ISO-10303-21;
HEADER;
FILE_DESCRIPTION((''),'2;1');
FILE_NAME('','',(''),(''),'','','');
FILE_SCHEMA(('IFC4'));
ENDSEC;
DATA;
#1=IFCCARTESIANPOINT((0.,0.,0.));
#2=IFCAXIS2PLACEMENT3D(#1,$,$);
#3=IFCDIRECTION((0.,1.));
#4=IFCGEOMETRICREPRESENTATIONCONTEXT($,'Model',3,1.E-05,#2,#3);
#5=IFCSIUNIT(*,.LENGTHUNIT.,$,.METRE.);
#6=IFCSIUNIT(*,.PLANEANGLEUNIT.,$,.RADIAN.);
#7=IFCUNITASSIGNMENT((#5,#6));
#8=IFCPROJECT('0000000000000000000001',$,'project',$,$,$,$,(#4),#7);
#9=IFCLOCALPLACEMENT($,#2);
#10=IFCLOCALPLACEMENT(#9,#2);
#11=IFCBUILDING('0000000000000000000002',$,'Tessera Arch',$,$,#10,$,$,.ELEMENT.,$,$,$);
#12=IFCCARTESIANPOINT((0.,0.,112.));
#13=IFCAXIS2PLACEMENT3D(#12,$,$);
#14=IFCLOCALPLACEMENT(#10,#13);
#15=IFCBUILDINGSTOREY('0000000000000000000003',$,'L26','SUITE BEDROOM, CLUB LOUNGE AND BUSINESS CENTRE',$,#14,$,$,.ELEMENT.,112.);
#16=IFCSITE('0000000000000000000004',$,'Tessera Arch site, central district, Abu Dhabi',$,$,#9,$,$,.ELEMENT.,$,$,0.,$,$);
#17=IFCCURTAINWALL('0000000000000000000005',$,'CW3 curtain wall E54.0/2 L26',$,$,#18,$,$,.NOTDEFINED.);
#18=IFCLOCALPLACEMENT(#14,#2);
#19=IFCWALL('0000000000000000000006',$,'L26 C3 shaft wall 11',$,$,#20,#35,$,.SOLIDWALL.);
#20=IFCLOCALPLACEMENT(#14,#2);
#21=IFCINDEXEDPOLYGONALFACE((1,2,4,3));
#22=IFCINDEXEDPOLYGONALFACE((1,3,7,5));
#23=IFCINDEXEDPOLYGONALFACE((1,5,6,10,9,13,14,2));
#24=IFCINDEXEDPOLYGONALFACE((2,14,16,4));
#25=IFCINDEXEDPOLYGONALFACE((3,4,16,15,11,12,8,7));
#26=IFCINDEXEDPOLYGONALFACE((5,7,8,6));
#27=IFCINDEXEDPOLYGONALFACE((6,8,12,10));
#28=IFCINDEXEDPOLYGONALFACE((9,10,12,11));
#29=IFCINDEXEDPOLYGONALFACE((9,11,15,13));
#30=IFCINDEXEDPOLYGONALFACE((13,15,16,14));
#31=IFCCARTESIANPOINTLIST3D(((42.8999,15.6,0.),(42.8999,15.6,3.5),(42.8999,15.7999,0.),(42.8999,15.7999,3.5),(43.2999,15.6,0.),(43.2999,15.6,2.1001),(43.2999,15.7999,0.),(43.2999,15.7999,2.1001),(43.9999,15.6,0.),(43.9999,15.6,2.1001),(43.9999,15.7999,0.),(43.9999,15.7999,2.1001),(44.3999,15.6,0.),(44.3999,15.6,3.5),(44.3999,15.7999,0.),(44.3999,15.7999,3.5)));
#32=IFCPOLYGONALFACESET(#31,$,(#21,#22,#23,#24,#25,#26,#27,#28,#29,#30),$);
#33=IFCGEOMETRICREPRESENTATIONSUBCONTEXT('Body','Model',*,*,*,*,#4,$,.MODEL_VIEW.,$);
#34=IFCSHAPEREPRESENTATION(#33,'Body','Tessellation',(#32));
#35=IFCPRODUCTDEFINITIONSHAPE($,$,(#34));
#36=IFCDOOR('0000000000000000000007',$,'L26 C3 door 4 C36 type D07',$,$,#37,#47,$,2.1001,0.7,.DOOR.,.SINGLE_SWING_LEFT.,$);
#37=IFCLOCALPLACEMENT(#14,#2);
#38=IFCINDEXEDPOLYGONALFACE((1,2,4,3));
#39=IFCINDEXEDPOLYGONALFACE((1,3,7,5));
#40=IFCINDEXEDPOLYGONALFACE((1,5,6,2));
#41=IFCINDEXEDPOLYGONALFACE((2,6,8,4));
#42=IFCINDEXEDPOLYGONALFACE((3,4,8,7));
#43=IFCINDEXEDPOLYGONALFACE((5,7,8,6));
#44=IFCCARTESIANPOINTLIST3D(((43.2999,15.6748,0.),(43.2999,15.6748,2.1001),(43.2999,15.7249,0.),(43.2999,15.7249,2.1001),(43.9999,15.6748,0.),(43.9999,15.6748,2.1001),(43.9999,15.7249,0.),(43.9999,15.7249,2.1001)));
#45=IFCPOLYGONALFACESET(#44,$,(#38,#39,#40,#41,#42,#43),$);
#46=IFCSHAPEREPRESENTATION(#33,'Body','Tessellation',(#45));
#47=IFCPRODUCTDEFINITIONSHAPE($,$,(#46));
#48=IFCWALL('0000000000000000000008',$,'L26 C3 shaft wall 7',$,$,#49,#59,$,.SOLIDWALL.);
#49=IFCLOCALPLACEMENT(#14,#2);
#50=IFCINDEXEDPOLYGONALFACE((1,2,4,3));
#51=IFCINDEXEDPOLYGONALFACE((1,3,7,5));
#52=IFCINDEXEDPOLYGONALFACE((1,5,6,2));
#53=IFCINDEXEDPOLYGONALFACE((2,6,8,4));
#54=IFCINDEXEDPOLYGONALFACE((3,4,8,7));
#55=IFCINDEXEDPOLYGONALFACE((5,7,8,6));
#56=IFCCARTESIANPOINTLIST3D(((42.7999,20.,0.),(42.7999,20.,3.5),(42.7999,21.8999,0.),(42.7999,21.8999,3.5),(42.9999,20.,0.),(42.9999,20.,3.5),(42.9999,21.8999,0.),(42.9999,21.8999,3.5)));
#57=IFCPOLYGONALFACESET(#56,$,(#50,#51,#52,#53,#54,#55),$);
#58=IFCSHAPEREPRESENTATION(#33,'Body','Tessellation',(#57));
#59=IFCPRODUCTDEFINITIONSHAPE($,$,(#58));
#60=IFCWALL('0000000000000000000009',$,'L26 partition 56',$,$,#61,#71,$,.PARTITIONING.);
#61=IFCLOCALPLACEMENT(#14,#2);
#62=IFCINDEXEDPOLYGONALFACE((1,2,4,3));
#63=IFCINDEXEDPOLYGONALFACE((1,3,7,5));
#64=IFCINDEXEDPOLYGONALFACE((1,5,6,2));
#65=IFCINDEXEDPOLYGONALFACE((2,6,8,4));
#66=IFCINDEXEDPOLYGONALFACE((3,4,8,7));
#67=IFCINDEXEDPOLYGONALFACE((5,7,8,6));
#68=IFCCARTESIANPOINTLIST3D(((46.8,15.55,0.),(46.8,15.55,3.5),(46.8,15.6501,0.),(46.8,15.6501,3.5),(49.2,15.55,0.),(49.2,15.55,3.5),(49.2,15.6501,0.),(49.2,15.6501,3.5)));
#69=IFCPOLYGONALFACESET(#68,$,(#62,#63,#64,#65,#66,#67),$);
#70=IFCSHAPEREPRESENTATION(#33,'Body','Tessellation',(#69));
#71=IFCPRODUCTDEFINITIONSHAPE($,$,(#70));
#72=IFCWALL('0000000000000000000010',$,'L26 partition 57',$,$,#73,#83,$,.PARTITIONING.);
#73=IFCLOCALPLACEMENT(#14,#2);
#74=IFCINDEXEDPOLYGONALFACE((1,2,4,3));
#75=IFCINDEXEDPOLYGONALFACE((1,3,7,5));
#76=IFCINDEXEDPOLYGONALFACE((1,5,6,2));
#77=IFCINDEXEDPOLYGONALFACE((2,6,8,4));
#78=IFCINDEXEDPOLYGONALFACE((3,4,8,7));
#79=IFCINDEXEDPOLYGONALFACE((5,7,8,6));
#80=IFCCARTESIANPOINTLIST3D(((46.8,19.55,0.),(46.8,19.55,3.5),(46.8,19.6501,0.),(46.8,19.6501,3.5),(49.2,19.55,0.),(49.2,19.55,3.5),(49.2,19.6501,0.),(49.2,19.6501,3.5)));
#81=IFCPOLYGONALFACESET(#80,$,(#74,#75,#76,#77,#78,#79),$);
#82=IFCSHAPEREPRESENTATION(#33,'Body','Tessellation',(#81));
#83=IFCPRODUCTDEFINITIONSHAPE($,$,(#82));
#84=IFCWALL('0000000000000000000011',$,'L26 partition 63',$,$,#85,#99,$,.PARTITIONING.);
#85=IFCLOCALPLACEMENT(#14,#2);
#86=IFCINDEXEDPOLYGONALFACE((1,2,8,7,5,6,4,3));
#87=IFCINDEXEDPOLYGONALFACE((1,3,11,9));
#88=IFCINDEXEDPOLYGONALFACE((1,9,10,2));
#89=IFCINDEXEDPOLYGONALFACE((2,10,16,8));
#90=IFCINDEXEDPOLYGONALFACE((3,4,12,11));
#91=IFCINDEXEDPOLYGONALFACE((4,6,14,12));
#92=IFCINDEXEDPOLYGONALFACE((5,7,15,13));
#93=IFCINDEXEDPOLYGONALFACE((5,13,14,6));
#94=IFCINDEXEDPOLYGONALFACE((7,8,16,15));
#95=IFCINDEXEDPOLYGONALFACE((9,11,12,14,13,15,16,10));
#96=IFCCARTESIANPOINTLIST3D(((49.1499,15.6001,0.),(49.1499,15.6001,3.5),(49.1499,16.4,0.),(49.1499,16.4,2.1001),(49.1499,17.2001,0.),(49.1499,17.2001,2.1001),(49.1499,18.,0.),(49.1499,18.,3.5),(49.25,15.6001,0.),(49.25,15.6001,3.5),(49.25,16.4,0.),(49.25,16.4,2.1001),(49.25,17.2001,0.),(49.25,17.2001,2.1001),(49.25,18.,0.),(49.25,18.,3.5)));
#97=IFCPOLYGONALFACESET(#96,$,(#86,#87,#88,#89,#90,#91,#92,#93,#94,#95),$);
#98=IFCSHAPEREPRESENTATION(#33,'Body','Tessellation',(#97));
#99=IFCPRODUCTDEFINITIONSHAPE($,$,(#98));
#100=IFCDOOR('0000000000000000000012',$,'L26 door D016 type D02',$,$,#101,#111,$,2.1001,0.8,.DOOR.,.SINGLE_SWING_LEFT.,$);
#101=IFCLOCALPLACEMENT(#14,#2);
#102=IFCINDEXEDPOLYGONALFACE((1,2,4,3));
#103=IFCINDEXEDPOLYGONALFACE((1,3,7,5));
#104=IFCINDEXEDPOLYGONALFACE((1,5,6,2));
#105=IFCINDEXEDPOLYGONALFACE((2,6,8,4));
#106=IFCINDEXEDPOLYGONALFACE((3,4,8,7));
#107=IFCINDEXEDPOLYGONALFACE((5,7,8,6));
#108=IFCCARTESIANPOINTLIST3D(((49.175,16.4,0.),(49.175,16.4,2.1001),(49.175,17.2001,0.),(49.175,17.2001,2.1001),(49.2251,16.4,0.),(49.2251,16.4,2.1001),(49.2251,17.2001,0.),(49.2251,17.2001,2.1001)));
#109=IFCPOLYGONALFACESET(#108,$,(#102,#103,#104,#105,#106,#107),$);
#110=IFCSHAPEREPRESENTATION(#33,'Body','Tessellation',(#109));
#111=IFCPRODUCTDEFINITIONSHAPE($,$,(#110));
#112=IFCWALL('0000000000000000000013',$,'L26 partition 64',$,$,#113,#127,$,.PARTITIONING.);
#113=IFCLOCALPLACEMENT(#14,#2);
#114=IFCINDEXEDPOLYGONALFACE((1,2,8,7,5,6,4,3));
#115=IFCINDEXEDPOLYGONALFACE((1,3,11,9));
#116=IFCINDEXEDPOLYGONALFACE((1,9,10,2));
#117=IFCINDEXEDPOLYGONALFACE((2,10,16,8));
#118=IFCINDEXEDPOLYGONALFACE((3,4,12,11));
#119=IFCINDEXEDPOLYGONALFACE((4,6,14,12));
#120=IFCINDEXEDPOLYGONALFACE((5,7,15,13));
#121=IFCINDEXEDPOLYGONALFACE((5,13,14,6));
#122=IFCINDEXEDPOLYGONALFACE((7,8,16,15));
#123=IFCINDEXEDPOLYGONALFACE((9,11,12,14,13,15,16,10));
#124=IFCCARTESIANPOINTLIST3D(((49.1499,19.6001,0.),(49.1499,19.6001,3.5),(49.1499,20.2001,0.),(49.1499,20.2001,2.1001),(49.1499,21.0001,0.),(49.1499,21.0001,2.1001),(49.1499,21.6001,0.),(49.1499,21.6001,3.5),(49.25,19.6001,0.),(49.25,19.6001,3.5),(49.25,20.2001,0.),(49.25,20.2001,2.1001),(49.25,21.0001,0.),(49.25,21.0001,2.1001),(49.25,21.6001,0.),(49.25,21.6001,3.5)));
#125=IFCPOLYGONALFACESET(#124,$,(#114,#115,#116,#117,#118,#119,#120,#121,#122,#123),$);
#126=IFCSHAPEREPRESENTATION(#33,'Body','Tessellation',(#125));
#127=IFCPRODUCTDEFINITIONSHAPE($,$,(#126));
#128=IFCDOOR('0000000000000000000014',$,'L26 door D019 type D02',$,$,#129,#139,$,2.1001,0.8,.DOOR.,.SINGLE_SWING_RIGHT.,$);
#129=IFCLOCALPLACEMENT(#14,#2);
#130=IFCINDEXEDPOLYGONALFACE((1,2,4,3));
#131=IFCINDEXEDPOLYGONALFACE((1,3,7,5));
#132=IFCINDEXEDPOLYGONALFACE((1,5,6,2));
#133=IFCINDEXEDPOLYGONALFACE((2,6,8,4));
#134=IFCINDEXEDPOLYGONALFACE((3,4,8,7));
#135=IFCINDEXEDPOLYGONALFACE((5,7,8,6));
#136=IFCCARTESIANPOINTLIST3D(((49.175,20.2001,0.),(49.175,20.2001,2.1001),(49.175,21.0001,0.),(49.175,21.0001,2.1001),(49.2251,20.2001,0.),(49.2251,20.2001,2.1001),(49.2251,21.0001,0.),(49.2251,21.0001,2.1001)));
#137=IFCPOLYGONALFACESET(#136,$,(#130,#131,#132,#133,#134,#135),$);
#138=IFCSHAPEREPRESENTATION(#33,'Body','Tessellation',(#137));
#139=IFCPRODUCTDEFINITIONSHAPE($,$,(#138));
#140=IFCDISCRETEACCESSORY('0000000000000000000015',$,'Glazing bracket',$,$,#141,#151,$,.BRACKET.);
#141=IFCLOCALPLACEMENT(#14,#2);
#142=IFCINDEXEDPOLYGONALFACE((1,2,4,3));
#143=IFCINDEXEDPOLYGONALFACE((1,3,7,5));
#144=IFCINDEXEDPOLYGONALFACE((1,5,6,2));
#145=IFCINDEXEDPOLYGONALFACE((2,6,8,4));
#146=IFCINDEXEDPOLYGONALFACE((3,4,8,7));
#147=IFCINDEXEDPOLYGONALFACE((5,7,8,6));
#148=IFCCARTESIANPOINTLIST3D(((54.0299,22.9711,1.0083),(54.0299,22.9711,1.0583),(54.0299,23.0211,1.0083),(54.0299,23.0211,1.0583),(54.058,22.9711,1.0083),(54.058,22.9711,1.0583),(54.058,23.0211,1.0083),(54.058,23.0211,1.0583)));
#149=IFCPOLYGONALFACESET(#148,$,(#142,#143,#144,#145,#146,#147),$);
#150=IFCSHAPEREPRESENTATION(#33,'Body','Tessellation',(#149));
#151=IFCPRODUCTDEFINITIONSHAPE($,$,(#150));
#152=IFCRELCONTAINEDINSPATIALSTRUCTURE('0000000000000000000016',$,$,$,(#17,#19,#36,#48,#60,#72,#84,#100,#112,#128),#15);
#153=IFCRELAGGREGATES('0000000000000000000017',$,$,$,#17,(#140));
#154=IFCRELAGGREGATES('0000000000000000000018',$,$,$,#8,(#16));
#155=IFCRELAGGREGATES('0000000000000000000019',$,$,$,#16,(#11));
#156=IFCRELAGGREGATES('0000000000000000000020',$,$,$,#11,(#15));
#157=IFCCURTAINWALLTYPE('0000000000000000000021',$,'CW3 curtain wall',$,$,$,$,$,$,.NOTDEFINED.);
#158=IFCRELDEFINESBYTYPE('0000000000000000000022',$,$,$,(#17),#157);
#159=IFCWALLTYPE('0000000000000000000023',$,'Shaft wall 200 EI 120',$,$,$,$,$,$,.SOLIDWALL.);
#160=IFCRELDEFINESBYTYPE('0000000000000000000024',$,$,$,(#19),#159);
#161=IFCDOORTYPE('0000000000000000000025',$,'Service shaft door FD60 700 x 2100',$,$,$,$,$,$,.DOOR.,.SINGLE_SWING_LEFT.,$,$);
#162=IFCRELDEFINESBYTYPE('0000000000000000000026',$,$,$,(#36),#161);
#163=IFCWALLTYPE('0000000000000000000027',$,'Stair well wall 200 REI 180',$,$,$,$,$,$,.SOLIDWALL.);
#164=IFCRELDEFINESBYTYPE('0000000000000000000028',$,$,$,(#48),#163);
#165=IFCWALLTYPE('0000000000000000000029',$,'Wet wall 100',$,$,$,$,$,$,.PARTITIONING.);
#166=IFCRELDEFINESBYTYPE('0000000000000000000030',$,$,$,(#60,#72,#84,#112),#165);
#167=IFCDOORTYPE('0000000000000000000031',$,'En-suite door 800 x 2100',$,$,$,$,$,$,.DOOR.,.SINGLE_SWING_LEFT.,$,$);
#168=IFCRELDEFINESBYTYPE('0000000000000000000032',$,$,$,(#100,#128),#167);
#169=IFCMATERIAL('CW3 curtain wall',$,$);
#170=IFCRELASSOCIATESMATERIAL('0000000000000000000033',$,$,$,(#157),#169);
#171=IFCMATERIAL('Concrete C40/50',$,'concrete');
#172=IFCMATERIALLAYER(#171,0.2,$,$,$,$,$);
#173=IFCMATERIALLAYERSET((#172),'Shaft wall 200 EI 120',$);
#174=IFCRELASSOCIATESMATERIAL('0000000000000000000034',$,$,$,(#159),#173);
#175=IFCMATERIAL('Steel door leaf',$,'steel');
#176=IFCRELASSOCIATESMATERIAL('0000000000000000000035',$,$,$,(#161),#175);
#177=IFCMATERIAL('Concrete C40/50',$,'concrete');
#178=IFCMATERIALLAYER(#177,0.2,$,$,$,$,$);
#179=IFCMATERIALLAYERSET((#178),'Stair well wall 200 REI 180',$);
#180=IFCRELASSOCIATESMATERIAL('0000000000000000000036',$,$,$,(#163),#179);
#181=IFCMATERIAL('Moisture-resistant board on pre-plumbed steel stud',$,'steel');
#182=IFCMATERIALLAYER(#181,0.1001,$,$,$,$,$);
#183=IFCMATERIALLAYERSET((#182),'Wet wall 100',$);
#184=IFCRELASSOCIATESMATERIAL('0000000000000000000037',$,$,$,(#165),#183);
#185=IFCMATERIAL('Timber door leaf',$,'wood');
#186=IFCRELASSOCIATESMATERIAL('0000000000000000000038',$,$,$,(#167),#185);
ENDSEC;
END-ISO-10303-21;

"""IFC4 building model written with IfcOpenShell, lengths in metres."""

from ifc_helpers import new_model, si_unit, direction, frame, frame_2d, origin, origin_2d, place, context, subcontext, project, spatial, rectangle, extrude, material, layer, layer_set, type_object, element, fill, aggregate, save


model = new_model("IFC4")

# Units and contexts
model_context = context("Model", 3, precision=1e-05, world=origin(), true_north=direction((0.0, 1.0)))
body_context = subcontext(model_context, "Body", "Model", "MODEL_VIEW")
ifc_project = project(units=[si_unit("LENGTHUNIT", "METRE"), si_unit("PLANEANGLEUNIT", "RADIAN")], contexts=[model_context])

# Site, building, storey
site_placement = place(None, origin())
site = spatial("IfcSite", under=ifc_project, at=site_placement, Name="Tessera Arch site, central district, Abu Dhabi", CompositionType="ELEMENT", RefElevation=0.0)
building_placement = place(site_placement, origin())
building = spatial("IfcBuilding", under=site, at=building_placement, Name="Tessera Arch", CompositionType="ELEMENT")
storey_placement = place(building_placement, frame((0.0, 0.0, 112.0)))
storey = spatial("IfcBuildingStorey", under=building, at=storey_placement, Name="L26", Description="SUITE BEDROOM, CLUB LOUNGE AND BUSINESS CENTRE", CompositionType="ELEMENT", Elevation=112.0)

# Curtain wall
ifc_material_1 = material(Name="CW3 curtain wall")
curtain_wall_type_1 = type_object("IfcCurtainWallType", Name="CW3 curtain wall", PredefinedType="NOTDEFINED", material=ifc_material_1)
curtain_wall_1_placement = place(storey_placement, origin())
curtain_wall_1 = element("IfcCurtainWall", 1, at=curtain_wall_1_placement, inside=storey, type_object=curtain_wall_type_1, Name="CW3 curtain wall E54.0/2 L26", PredefinedType="NOTDEFINED")

# Wall, opening, door
ifc_material_2 = material(Name="Concrete C40/50", Category="concrete")
ifc_layer_1 = layer(ifc_material_2, 0.2)
ifc_layer_set_1 = layer_set([ifc_layer_1], Name="Shaft wall 200 EI 120")
wall_type_1 = type_object("IfcWallType", Name="Shaft wall 200 EI 120", PredefinedType="SOLIDWALL", material=ifc_layer_set_1)
wall_1_placement = place(storey_placement, frame((42.8999, 15.7, 0.0), z_axis=(0.0, 0.0, 1.0), x_axis=(1.0, 0.0, 0.0)))
wall_1 = element("IfcWall", 2, at=wall_1_placement, inside=storey, type_object=wall_type_1, Name="L26 C3 shaft wall 11", PredefinedType="SOLIDWALL", context=body_context, shape_type="SweptSolid", body=[
    extrude(rectangle(XDim=1.5, YDim=0.2, at=frame_2d((0.75, 0.0))), origin(), (0.0, 0.0, 1.0), 3.5),
])
opening_1_placement = place(wall_1_placement, frame((0.3999, 0.0, 0.0)))
opening_1 = element("IfcOpeningElement", 3, at=opening_1_placement, cuts=wall_1, PredefinedType="OPENING", context=body_context, shape_type="SweptSolid", body=[
    extrude(rectangle(XDim=0.7, YDim=2.1001, at=frame_2d((0.3501, 1.05))), frame((0.0, 0.1099, 0.0), z_axis=(0.0, -1.0, 0.0), x_axis=(1.0, 0.0, 0.0)), (0.0, 0.0, 1.0), 0.22),
])
ifc_material_3 = material(Name="Steel door leaf", Category="steel")
door_type_1 = type_object("IfcDoorType", Name="Service shaft door FD60 700 x 2100", OperationType="SINGLE_SWING_LEFT", PredefinedType="DOOR", material=ifc_material_3)
door_1_placement = place(opening_1_placement, origin())
door_1 = element("IfcDoor", 4, at=door_1_placement, inside=storey, type_object=door_type_1, Name="L26 C3 door 4 C36 type D07", OperationType="SINGLE_SWING_LEFT", OverallHeight=2.1001, OverallWidth=0.7, PredefinedType="DOOR", context=body_context, shape_type="SweptSolid", body=[
    extrude(rectangle(XDim=0.7, YDim=2.1001, at=frame_2d((0.3501, 1.05))), frame((0.0, 0.0249, 0.0), z_axis=(0.0, -1.0, 0.0), x_axis=(1.0, 0.0, 0.0)), (0.0, 0.0, 1.0), 0.05),
])
fill(opening_1, door_1)

# Walls
ifc_material_4 = material(Name="Concrete C40/50", Category="concrete")
ifc_layer_2 = layer(ifc_material_4, 0.2)
ifc_layer_set_2 = layer_set([ifc_layer_2], Name="Stair well wall 200 REI 180")
wall_type_2 = type_object("IfcWallType", Name="Stair well wall 200 REI 180", PredefinedType="SOLIDWALL", material=ifc_layer_set_2)
wall_2_placement = place(storey_placement, frame((42.8999, 20.0, 0.0), z_axis=(0.0, 0.0, 1.0), x_axis=(0.0, 1.0, 0.0)))
element("IfcWall", 5, at=wall_2_placement, inside=storey, type_object=wall_type_2, Name="L26 C3 shaft wall 7", PredefinedType="SOLIDWALL", context=body_context, shape_type="SweptSolid", body=[
    extrude(rectangle(XDim=1.8999, YDim=0.2, at=frame_2d((0.95, 0.0))), origin(), (0.0, 0.0, 1.0), 3.5),
])
ifc_material_5 = material(Name="Moisture-resistant board on pre-plumbed steel stud", Category="steel")
ifc_layer_3 = layer(ifc_material_5, 0.1001)
ifc_layer_set_3 = layer_set([ifc_layer_3], Name="Wet wall 100")
wall_type_3 = type_object("IfcWallType", Name="Wet wall 100", PredefinedType="PARTITIONING", material=ifc_layer_set_3)
for number, where, z_axis, x_axis, name in (
    (6, (46.8, 15.6001, 0.0), (0.0, 0.0, 1.0), (1.0, 0.0, 0.0), "L26 partition 56"),
    (7, (46.8, 19.6001, 0.0), (0.0, 0.0, 1.0), (1.0, 0.0, 0.0), "L26 partition 57"),
):
    element("IfcWall", number, at=place(storey_placement, frame(where, z_axis=z_axis, x_axis=x_axis)), inside=storey, type_object=wall_type_3, Name=name, PredefinedType="PARTITIONING", context=body_context, shape_type="SweptSolid", body=[
        extrude(rectangle(XDim=2.3999, YDim=0.1001, at=frame_2d((1.2, 0.0))), origin(), (0.0, 0.0, 1.0), 3.5),
    ])

# Walls, openings, doors
wall_3_placement = place(storey_placement, frame((49.2, 15.6001, 0.0), z_axis=(0.0, 0.0, 1.0), x_axis=(0.0, 1.0, 0.0)))
wall_3 = element("IfcWall", 8, at=wall_3_placement, inside=storey, type_object=wall_type_3, Name="L26 partition 63", PredefinedType="PARTITIONING", context=body_context, shape_type="SweptSolid", body=[
    extrude(rectangle(XDim=2.3999, YDim=0.1001, at=frame_2d((1.2, 0.0))), origin(), (0.0, 0.0, 1.0), 3.5),
])
opening_2_placement = place(wall_3_placement, frame((0.8, 0.0, 0.0)))
opening_2 = element("IfcOpeningElement", 9, at=opening_2_placement, cuts=wall_3, PredefinedType="OPENING", context=body_context, shape_type="SweptSolid", body=[
    extrude(rectangle(XDim=0.8, YDim=2.1001, at=frame_2d((0.3999, 1.05))), frame((0.0, 0.0601, 0.0), z_axis=(0.0, -1.0, 0.0), x_axis=(1.0, 0.0, 0.0)), (0.0, 0.0, 1.0), 0.1201),
])
ifc_material_6 = material(Name="Timber door leaf", Category="wood")
door_type_2 = type_object("IfcDoorType", Name="En-suite door 800 x 2100", OperationType="SINGLE_SWING_LEFT", PredefinedType="DOOR", material=ifc_material_6)
door_2_placement = place(opening_2_placement, origin())
door_2 = element("IfcDoor", 10, at=door_2_placement, inside=storey, type_object=door_type_2, Name="L26 door D016 type D02", OperationType="SINGLE_SWING_LEFT", OverallHeight=2.1001, OverallWidth=0.8, PredefinedType="DOOR", context=body_context, shape_type="SweptSolid", body=[
    extrude(rectangle(XDim=0.8, YDim=2.1001, at=frame_2d((0.3999, 1.05))), frame((0.0, 0.0249, 0.0), z_axis=(0.0, -1.0, 0.0), x_axis=(1.0, 0.0, 0.0)), (0.0, 0.0, 1.0), 0.05),
])
fill(opening_2, door_2)
wall_4_placement = place(storey_placement, frame((49.2, 19.6001, 0.0), z_axis=(0.0, 0.0, 1.0), x_axis=(0.0, 1.0, 0.0)))
wall_4 = element("IfcWall", 11, at=wall_4_placement, inside=storey, type_object=wall_type_3, Name="L26 partition 64", PredefinedType="PARTITIONING", context=body_context, shape_type="SweptSolid", body=[
    extrude(rectangle(XDim=2.0, YDim=0.1001, at=frame_2d((1.0, 0.0))), origin(), (0.0, 0.0, 1.0), 3.5),
])
opening_3_placement = place(wall_4_placement, frame((0.6001, 0.0, 0.0)))
opening_3 = element("IfcOpeningElement", 12, at=opening_3_placement, cuts=wall_4, PredefinedType="OPENING", context=body_context, shape_type="SweptSolid", body=[
    extrude(rectangle(XDim=0.8, YDim=2.1001, at=frame_2d((0.3999, 1.05))), frame((0.0, 0.0601, 0.0), z_axis=(0.0, -1.0, 0.0), x_axis=(1.0, 0.0, 0.0)), (0.0, 0.0, 1.0), 0.1201),
])
door_3_placement = place(opening_3_placement, origin())
door_3 = element("IfcDoor", 13, at=door_3_placement, inside=storey, type_object=door_type_2, Name="L26 door D019 type D02", OperationType="SINGLE_SWING_RIGHT", OverallHeight=2.1001, OverallWidth=0.8, PredefinedType="DOOR", context=body_context, shape_type="SweptSolid", body=[
    extrude(rectangle(XDim=0.8, YDim=2.1001, at=frame_2d((0.3999, 1.05))), frame((0.0, 0.0249, 0.0), z_axis=(0.0, -1.0, 0.0), x_axis=(1.0, 0.0, 0.0)), (0.0, 0.0, 1.0), 0.05),
])
fill(opening_3, door_3)

# Discrete accessory
discrete_accessory_placement = place(storey_placement, frame((54.0439, 22.9961, 1.0083), z_axis=(0.0, 0.0, 1.0), x_axis=(0.0, 1.0, 0.0)))
discrete_accessory = element("IfcDiscreteAccessory", 14, at=discrete_accessory_placement, Name="Glazing bracket", PredefinedType="BRACKET", context=body_context, shape_type="SweptSolid", body=[
    extrude(rectangle(XDim=0.05, YDim=0.0281, at=origin_2d()), origin(), (0.0, 0.0, 1.0), 0.05),
])
aggregate(curtain_wall_1, [discrete_accessory])

save(model, "model.ifc")
